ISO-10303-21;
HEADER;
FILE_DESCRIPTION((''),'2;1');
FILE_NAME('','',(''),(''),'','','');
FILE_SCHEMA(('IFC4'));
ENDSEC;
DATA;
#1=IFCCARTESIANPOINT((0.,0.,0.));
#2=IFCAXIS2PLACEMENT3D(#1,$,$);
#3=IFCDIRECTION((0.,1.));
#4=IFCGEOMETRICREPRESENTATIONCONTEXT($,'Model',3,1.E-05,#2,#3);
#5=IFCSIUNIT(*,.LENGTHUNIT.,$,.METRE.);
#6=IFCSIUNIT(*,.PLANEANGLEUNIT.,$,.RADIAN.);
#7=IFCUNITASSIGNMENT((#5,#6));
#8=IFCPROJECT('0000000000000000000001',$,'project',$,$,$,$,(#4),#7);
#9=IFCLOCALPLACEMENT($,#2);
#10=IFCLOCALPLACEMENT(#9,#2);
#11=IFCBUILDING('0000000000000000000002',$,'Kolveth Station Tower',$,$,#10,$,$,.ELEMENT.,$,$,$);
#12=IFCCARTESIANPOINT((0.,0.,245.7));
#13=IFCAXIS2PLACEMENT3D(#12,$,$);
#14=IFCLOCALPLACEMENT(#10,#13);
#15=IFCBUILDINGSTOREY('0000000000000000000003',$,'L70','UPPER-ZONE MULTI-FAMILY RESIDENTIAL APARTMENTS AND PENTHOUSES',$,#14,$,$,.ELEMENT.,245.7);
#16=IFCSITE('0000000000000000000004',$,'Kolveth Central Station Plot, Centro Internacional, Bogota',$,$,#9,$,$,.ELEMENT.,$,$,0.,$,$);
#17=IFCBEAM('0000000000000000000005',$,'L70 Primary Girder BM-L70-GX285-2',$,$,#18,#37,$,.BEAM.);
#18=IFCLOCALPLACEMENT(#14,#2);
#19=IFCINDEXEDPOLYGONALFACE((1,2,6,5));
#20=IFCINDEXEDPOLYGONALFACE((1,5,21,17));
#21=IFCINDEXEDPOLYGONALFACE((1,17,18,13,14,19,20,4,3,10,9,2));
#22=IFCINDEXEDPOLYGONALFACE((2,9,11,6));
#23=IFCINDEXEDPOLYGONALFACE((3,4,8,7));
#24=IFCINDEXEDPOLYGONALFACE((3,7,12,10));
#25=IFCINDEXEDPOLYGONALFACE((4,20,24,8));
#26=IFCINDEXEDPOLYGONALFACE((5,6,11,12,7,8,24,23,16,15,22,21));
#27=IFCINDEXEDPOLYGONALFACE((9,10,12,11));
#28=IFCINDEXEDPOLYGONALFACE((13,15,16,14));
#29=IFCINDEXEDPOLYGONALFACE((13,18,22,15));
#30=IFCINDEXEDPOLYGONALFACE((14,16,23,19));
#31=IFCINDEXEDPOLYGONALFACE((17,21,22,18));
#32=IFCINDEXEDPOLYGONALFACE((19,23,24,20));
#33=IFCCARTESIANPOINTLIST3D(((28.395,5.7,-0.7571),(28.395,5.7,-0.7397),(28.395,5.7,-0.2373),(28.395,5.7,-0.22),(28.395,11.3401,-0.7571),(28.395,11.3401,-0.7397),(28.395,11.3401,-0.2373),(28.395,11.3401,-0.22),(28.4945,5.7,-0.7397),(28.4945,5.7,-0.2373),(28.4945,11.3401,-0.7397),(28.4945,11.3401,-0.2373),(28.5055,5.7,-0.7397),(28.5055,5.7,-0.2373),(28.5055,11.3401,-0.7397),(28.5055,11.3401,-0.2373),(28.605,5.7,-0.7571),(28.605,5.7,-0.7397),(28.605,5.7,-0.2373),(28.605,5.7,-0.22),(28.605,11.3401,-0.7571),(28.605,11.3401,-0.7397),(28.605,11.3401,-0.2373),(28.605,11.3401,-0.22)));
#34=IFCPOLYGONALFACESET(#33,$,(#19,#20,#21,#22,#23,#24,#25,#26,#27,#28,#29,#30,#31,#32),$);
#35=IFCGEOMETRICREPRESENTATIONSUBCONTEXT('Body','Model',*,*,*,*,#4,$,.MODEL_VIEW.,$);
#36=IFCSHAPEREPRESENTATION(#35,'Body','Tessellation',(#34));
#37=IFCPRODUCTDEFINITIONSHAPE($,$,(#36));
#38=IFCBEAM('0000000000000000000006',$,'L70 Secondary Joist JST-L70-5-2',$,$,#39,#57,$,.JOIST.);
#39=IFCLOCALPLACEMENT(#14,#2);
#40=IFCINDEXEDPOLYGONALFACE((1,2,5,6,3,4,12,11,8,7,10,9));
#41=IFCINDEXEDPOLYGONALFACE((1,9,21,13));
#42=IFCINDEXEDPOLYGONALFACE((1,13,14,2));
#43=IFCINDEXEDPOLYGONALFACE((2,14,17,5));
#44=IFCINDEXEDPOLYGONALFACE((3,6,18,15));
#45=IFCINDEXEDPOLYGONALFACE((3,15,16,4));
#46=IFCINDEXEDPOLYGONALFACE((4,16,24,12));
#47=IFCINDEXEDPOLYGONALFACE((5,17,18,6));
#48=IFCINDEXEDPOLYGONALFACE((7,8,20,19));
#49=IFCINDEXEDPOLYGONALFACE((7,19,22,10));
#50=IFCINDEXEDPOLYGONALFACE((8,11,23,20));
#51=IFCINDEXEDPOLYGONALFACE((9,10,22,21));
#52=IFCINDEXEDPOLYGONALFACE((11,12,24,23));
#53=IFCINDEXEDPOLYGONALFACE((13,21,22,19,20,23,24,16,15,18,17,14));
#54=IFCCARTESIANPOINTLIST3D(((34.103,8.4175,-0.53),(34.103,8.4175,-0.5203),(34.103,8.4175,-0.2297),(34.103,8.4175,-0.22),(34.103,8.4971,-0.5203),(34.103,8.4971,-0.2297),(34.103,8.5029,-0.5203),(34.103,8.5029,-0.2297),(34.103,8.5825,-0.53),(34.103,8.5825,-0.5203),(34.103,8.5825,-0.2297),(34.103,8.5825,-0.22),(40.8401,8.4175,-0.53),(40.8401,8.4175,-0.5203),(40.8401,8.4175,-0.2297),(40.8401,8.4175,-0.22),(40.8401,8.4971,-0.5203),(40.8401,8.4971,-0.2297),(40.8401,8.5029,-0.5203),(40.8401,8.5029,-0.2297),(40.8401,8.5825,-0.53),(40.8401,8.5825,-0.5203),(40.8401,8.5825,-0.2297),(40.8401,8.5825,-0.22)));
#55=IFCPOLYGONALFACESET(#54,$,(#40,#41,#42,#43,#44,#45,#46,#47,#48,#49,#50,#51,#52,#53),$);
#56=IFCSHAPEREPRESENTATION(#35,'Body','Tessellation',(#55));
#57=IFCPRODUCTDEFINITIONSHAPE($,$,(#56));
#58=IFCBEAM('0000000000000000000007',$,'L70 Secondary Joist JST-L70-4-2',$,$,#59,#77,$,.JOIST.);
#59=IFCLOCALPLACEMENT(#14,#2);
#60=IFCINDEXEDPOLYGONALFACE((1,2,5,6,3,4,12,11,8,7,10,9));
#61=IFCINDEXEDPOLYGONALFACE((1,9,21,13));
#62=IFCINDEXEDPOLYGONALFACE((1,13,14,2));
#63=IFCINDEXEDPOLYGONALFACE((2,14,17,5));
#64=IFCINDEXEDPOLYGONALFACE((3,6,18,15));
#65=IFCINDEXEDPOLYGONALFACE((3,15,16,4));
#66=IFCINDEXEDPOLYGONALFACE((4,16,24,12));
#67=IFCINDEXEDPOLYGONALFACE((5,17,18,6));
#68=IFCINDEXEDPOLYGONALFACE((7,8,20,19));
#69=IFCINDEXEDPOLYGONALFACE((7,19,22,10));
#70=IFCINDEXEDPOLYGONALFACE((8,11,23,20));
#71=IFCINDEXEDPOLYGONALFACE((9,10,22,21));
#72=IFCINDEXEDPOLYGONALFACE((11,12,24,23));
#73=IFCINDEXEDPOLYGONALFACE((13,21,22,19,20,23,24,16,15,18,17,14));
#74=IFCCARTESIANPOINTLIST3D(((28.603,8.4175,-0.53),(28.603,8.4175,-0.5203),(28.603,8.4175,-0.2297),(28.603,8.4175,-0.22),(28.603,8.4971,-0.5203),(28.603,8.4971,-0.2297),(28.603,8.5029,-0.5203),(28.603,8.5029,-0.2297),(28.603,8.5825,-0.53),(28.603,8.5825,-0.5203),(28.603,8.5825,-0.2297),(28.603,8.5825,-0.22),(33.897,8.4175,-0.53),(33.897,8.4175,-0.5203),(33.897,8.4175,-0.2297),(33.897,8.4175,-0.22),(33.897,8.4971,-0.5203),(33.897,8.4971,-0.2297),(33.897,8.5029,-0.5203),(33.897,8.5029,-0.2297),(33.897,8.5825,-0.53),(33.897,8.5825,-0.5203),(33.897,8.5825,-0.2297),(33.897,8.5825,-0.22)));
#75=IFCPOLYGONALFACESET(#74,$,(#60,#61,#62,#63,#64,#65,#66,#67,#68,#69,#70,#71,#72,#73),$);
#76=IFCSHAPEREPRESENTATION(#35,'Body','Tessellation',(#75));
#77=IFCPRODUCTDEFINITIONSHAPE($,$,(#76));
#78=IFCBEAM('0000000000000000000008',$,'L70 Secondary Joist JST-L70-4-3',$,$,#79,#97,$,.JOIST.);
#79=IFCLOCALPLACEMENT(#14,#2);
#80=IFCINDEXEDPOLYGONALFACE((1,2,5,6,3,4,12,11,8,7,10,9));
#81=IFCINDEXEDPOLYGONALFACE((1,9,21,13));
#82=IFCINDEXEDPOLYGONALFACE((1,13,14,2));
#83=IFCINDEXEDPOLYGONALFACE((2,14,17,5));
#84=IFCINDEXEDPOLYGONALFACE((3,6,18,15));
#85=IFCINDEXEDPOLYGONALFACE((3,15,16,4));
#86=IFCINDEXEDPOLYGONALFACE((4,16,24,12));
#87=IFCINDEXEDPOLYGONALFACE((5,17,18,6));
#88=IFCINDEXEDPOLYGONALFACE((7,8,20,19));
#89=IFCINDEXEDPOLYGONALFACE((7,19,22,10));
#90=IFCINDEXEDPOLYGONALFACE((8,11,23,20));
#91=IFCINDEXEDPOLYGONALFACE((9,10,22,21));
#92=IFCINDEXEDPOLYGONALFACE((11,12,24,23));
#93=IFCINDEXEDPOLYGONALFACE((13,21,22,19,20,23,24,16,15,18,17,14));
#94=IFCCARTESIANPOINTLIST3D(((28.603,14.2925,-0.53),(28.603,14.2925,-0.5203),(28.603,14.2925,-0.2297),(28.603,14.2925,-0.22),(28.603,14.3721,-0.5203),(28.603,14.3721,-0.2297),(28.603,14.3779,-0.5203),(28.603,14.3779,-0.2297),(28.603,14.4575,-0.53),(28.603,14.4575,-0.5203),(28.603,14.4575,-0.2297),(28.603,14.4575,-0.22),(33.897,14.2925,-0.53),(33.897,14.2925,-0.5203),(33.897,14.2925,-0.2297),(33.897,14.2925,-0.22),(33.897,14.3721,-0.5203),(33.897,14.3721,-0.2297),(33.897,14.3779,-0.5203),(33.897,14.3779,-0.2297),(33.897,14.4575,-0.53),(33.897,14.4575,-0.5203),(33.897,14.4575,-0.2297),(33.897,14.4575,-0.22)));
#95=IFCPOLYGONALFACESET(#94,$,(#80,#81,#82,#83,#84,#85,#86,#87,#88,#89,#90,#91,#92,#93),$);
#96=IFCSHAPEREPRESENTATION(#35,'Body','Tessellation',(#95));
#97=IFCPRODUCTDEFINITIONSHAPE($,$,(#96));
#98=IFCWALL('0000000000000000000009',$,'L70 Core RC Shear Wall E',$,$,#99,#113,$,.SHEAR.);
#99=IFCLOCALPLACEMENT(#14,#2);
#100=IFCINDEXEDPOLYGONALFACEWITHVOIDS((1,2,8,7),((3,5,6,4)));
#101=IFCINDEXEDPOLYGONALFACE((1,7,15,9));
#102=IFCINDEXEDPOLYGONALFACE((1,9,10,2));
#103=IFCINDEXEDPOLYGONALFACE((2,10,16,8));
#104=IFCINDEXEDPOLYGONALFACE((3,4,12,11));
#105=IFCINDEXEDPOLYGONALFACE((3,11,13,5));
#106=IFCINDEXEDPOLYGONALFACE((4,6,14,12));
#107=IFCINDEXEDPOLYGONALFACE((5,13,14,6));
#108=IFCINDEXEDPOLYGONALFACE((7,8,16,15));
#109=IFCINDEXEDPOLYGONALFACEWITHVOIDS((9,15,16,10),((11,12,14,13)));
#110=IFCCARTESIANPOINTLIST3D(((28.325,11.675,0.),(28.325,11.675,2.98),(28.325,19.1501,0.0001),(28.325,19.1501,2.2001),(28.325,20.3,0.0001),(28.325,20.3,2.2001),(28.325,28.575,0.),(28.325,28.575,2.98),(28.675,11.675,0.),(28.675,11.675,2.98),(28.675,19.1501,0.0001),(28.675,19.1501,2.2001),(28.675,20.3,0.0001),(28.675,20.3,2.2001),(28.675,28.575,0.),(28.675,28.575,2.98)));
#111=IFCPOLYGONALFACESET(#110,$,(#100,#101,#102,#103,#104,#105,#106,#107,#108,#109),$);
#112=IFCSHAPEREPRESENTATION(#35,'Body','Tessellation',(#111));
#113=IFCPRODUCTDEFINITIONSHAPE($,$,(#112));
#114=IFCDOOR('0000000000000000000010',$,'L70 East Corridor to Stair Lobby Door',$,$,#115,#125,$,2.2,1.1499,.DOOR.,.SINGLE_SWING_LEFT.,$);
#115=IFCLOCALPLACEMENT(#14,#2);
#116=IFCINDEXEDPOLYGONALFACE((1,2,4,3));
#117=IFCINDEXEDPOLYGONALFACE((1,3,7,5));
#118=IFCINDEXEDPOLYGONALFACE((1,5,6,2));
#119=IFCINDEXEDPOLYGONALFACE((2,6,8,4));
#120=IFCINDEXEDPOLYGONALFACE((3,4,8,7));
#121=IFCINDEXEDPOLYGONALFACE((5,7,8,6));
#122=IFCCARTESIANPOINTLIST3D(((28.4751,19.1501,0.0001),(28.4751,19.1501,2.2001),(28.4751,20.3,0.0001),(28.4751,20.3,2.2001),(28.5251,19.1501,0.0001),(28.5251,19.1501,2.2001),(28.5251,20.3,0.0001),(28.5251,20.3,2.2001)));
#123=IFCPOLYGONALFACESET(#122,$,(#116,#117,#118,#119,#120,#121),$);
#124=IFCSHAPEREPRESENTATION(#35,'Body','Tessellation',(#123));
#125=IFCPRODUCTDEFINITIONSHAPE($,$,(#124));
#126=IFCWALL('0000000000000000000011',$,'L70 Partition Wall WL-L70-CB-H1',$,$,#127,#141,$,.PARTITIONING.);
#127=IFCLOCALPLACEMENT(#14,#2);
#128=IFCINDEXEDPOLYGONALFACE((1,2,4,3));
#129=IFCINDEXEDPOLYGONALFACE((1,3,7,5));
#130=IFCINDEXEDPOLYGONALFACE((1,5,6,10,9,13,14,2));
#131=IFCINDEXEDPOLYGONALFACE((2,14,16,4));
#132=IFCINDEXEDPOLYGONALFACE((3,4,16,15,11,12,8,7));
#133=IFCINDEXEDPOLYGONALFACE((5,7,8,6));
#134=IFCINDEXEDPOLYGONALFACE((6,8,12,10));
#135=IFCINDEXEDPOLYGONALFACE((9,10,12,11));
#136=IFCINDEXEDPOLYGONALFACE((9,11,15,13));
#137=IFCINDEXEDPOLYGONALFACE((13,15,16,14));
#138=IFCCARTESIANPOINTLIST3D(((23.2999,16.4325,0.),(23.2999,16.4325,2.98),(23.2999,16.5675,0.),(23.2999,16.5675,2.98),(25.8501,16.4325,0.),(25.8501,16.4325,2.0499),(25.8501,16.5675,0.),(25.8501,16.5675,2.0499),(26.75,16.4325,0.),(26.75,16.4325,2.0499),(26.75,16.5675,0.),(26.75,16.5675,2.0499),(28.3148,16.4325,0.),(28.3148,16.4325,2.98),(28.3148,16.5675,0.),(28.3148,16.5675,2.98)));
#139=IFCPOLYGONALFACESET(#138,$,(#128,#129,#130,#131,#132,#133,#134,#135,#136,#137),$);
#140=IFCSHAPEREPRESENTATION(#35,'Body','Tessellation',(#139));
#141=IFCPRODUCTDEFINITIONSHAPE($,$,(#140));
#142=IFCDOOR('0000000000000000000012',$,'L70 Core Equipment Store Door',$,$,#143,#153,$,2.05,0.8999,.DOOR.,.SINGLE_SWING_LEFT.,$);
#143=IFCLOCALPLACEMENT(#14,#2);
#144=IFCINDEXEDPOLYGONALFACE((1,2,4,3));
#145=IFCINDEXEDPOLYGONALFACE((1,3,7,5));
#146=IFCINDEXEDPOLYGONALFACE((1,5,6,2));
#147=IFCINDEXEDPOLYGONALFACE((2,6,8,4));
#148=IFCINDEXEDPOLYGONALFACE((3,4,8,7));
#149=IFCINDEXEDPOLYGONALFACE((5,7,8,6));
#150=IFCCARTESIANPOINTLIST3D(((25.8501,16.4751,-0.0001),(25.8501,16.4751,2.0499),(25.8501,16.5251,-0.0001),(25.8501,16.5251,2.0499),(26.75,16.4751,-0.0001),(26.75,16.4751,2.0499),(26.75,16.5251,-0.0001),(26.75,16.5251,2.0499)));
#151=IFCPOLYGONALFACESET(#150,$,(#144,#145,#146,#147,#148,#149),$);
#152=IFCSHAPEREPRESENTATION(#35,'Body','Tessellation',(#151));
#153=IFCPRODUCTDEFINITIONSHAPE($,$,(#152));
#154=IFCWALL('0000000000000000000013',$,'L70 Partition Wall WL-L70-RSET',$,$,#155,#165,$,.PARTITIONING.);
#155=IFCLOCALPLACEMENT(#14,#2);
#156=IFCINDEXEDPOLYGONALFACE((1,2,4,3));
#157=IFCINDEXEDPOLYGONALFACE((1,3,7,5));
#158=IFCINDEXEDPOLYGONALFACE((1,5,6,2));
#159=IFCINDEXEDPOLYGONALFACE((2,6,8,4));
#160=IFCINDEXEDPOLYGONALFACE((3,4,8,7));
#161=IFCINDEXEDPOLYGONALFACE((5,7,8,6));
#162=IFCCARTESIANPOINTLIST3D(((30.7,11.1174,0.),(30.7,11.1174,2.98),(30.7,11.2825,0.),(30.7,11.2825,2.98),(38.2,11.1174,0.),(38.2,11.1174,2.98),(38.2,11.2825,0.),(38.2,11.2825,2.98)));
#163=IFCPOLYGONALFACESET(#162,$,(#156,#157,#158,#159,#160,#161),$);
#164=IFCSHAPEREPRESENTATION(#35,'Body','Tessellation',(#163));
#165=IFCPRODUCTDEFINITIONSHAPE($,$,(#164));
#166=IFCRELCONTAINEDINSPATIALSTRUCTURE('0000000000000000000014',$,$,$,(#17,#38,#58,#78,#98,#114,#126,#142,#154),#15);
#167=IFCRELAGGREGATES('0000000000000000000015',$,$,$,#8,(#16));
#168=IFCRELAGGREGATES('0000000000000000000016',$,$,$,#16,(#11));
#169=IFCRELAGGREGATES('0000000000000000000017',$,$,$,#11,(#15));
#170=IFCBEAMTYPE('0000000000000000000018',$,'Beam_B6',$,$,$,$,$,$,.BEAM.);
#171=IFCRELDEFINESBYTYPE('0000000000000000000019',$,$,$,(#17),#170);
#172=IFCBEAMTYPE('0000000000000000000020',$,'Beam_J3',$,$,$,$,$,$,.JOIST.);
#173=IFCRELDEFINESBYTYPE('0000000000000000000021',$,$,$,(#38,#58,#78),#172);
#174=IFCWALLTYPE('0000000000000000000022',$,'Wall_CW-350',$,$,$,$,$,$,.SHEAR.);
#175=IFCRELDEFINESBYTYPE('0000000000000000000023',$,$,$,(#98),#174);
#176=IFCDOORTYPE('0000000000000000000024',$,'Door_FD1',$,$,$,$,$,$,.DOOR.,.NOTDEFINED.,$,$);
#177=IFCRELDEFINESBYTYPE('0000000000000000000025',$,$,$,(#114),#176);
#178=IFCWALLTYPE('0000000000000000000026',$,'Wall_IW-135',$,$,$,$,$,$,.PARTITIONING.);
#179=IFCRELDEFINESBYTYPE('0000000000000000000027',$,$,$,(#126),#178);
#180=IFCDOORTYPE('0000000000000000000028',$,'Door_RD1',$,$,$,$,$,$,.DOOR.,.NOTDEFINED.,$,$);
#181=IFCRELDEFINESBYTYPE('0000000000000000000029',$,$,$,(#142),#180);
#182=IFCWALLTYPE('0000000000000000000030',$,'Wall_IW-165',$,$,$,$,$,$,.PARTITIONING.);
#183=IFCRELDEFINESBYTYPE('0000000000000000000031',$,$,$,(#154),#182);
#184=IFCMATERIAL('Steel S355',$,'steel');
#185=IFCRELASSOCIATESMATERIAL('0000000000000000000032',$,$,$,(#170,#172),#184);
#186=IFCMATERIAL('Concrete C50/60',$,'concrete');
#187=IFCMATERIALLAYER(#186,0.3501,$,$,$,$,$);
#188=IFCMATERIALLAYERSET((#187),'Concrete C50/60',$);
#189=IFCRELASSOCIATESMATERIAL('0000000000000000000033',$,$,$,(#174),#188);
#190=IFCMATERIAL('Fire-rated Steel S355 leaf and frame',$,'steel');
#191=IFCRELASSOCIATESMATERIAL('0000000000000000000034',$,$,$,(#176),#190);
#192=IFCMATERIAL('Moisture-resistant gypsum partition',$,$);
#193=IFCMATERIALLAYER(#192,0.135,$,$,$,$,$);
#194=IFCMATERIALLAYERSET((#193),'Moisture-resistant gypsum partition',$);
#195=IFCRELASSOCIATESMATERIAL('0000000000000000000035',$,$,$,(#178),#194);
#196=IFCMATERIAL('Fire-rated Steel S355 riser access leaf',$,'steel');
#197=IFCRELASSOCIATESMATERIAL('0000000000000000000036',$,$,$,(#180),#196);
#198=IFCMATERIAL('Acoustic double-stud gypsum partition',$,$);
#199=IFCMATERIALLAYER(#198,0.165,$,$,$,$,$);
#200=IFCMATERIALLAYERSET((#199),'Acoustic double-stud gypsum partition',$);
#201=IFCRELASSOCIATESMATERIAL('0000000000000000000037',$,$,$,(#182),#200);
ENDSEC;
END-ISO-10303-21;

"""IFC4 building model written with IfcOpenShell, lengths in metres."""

from ifc_helpers import new_model, si_unit, direction, frame, frame_2d, origin, origin_2d, place, context, subcontext, project, spatial, rectangle, i_section, extrude, source, transform, mapped, material, layer, layer_set, material_profile, profile_set, type_object, element, fill, save


model = new_model("IFC4")

# Units and contexts
model_context = context("Model", 3, precision=1e-05, world=origin(), true_north=direction((0.0, 1.0)))
body_context = subcontext(model_context, "Body", "Model", "MODEL_VIEW")
ifc_project = project(units=[si_unit("LENGTHUNIT", "METRE"), si_unit("PLANEANGLEUNIT", "RADIAN")], contexts=[model_context])

# Site, building, storey
site_placement = place(None, origin())
site = spatial("IfcSite", under=ifc_project, at=site_placement, Name="Kolveth Central Station Plot, Centro Internacional, Bogota", CompositionType="ELEMENT", RefElevation=0.0)
building_placement = place(site_placement, origin())
building = spatial("IfcBuilding", under=site, at=building_placement, Name="Kolveth Station Tower", CompositionType="ELEMENT")
storey_placement = place(building_placement, frame((0.0, 0.0, 245.7)))
storey = spatial("IfcBuildingStorey", under=building, at=storey_placement, Name="L70", Description="UPPER-ZONE MULTI-FAMILY RESIDENTIAL APARTMENTS AND PENTHOUSES", CompositionType="ELEMENT", Elevation=245.7)

# Shared definitions
ifc_material_1 = material(Name="Steel S355", Category="steel")

# Beams
ifc_material_profile_1 = material_profile(ifc_material_1, i_section(OverallWidth=0.21, OverallDepth=0.5371, WebThickness=0.011, FlangeThickness=0.0173, at=origin_2d()), Name="W530x101")
ifc_profile_set_1 = profile_set([ifc_material_profile_1], Name="Steel S355")
beam_type_1 = type_object("IfcBeamType", Name="Beam_B6", PredefinedType="BEAM", material=ifc_profile_set_1)
shared_shape_1 = source(origin(), body_context, "Body", "SweptSolid", [
    extrude(i_section(OverallWidth=0.21, OverallDepth=0.5371, WebThickness=0.011, FlangeThickness=0.0173, at=origin_2d()), origin(), (0.0, 0.0, 1.0), 5.6401),
])
beam_1_placement = place(storey_placement, frame((28.5, 5.7, -0.4885), z_axis=(0.0, 1.0, 0.0), x_axis=(-1.0, 0.0, 0.0)))
element("IfcBeam", 1, at=beam_1_placement, inside=storey, type_object=beam_type_1, Name="L70 Primary Girder BM-L70-GX285-2", PredefinedType="BEAM", context=body_context, shape_type="MappedRepresentation", body=[
    mapped(shared_shape_1, transform((0.0, 0.0, 0.0), x_axis=(1.0, 0.0, 0.0), y_axis=(0.0, 1.0, 0.0), z_axis=(0.0, 0.0, 1.0), scale=1.0)),
])
ifc_material_profile_2 = material_profile(ifc_material_1, i_section(OverallWidth=0.165, OverallDepth=0.3101, WebThickness=0.0059, FlangeThickness=0.0098, at=origin_2d()), Name="W310x39")
ifc_profile_set_2 = profile_set([ifc_material_profile_2], Name="Steel S355")
beam_type_2 = type_object("IfcBeamType", Name="Beam_J3", PredefinedType="JOIST", material=ifc_profile_set_2)
shared_shape_2 = source(origin(), body_context, "Body", "SweptSolid", [
    extrude(i_section(OverallWidth=0.165, OverallDepth=0.3101, WebThickness=0.0059, FlangeThickness=0.0098, at=origin_2d()), origin(), (0.0, 0.0, 1.0), 6.7371),
])
beam_2_placement = place(storey_placement, frame((34.103, 8.5, -0.375), z_axis=(1.0, 0.0, 0.0), x_axis=(0.0, 1.0, 0.0)))
element("IfcBeam", 2, at=beam_2_placement, inside=storey, type_object=beam_type_2, Name="L70 Secondary Joist JST-L70-5-2", PredefinedType="JOIST", context=body_context, shape_type="MappedRepresentation", body=[
    mapped(shared_shape_2, transform((0.0, 0.0, 0.0), x_axis=(1.0, 0.0, 0.0), y_axis=(0.0, 1.0, 0.0), z_axis=(0.0, 0.0, 1.0), scale=1.0)),
])
shared_shape_3 = source(origin(), body_context, "Body", "SweptSolid", [
    extrude(i_section(OverallWidth=0.165, OverallDepth=0.3101, WebThickness=0.0059, FlangeThickness=0.0098, at=origin_2d()), origin(), (0.0, 0.0, 1.0), 5.2939),
])
for number, where, z_axis, x_axis, name in (
    (3, (28.603, 8.5, -0.375), (1.0, 0.0, 0.0), (0.0, 1.0, 0.0), "L70 Secondary Joist JST-L70-4-2"),
    (4, (28.603, 14.375, -0.375), (1.0, 0.0, 0.0), (0.0, 1.0, 0.0), "L70 Secondary Joist JST-L70-4-3"),
):
    element("IfcBeam", number, at=place(storey_placement, frame(where, z_axis=z_axis, x_axis=x_axis)), inside=storey, type_object=beam_type_2, Name=name, PredefinedType="JOIST", context=body_context, shape_type="MappedRepresentation", body=[
        mapped(shared_shape_3, transform((0.0, 0.0, 0.0), x_axis=(1.0, 0.0, 0.0), y_axis=(0.0, 1.0, 0.0), z_axis=(0.0, 0.0, 1.0), scale=1.0)),
    ])

# Walls, openings, doors
ifc_material_2 = material(Name="Concrete C50/60", Category="concrete")
ifc_layer_1 = layer(ifc_material_2, 0.3501)
ifc_layer_set_1 = layer_set([ifc_layer_1], Name="Concrete C50/60")
wall_type_1 = type_object("IfcWallType", Name="Wall_CW-350", PredefinedType="SHEAR", material=ifc_layer_set_1)
wall_1_placement = place(storey_placement, frame((28.5, 11.675, 0.0), z_axis=(0.0, 0.0, 1.0), x_axis=(0.0, 1.0, 0.0)))
wall_1 = element("IfcWall", 5, at=wall_1_placement, inside=storey, type_object=wall_type_1, Name="L70 Core RC Shear Wall E", PredefinedType="SHEAR", context=body_context, shape_type="SweptSolid", body=[
    extrude(rectangle(XDim=16.8999, YDim=0.3501, at=frame_2d((8.45, 0.0))), origin(), (0.0, 0.0, 1.0), 2.98),
])
opening_1_placement = place(wall_1_placement, frame((7.4751, 0.0, 0.0)))
opening_1 = element("IfcOpeningElement", 6, at=opening_1_placement, cuts=wall_1, PredefinedType="OPENING", context=body_context, shape_type="SweptSolid", body=[
    extrude(rectangle(XDim=1.1499, YDim=2.2, at=frame_2d((0.575, 1.1001))), frame((0.0, 0.1851, 0.0), z_axis=(0.0, -1.0, 0.0), x_axis=(1.0, 0.0, 0.0)), (0.0, 0.0, 1.0), 0.3701),
])
ifc_material_3 = material(Name="Fire-rated Steel S355 leaf and frame", Category="steel")
door_type_1 = type_object("IfcDoorType", Name="Door_FD1", OperationType="NOTDEFINED", PredefinedType="DOOR", material=ifc_material_3)
door_1_placement = place(opening_1_placement, origin())
door_1 = element("IfcDoor", 7, at=door_1_placement, inside=storey, type_object=door_type_1, Name="L70 East Corridor to Stair Lobby Door", OperationType="SINGLE_SWING_LEFT", OverallHeight=2.2, OverallWidth=1.1499, PredefinedType="DOOR", context=body_context, shape_type="SweptSolid", body=[
    extrude(rectangle(XDim=1.1499, YDim=2.2, at=frame_2d((0.575, 1.1001))), frame((0.0, 0.0249, 0.0), z_axis=(0.0, -1.0, 0.0), x_axis=(1.0, 0.0, 0.0)), (0.0, 0.0, 1.0), 0.05),
])
fill(opening_1, door_1)
ifc_material_4 = material(Name="Moisture-resistant gypsum partition")
ifc_layer_2 = layer(ifc_material_4, 0.135)
ifc_layer_set_2 = layer_set([ifc_layer_2], Name="Moisture-resistant gypsum partition")
wall_type_2 = type_object("IfcWallType", Name="Wall_IW-135", PredefinedType="PARTITIONING", material=ifc_layer_set_2)
wall_2_placement = place(storey_placement, frame((23.3, 16.5, 0.0), z_axis=(0.0, 0.0, 1.0), x_axis=(1.0, 0.0, 0.0)))
wall_2 = element("IfcWall", 8, at=wall_2_placement, inside=storey, type_object=wall_type_2, Name="L70 Partition Wall WL-L70-CB-H1", PredefinedType="PARTITIONING", context=body_context, shape_type="SweptSolid", body=[
    extrude(rectangle(XDim=5.0149, YDim=0.135, at=frame_2d((2.5073, 0.0))), origin(), (0.0, 0.0, 1.0), 2.98),
])
opening_2_placement = place(wall_2_placement, frame((2.55, 0.0, 0.0)))
opening_2 = element("IfcOpeningElement", 9, at=opening_2_placement, cuts=wall_2, PredefinedType="OPENING", context=body_context, shape_type="SweptSolid", body=[
    extrude(rectangle(XDim=0.8999, YDim=2.05, at=frame_2d((0.45, 1.0249))), frame((0.0, 0.0774, 0.0), z_axis=(0.0, -1.0, 0.0), x_axis=(1.0, 0.0, 0.0)), (0.0, 0.0, 1.0), 0.155),
])
ifc_material_5 = material(Name="Fire-rated Steel S355 riser access leaf", Category="steel")
door_type_2 = type_object("IfcDoorType", Name="Door_RD1", OperationType="NOTDEFINED", PredefinedType="DOOR", material=ifc_material_5)
door_2_placement = place(opening_2_placement, frame((0.8999, 0.0, 0.0), z_axis=(0.0, 0.0, 1.0), x_axis=(-1.0, 0.0, 0.0)))
door_2 = element("IfcDoor", 10, at=door_2_placement, inside=storey, type_object=door_type_2, Name="L70 Core Equipment Store Door", OperationType="SINGLE_SWING_LEFT", OverallHeight=2.05, OverallWidth=0.8999, PredefinedType="DOOR", context=body_context, shape_type="SweptSolid", body=[
    extrude(rectangle(XDim=0.8999, YDim=2.05, at=frame_2d((0.45, 1.0249))), frame((0.0, 0.0249, 0.0), z_axis=(0.0, -1.0, 0.0), x_axis=(1.0, 0.0, 0.0)), (0.0, 0.0, 1.0), 0.05),
])
fill(opening_2, door_2)

# Wall
ifc_material_6 = material(Name="Acoustic double-stud gypsum partition")
ifc_layer_3 = layer(ifc_material_6, 0.165)
ifc_layer_set_3 = layer_set([ifc_layer_3], Name="Acoustic double-stud gypsum partition")
wall_type_3 = type_object("IfcWallType", Name="Wall_IW-165", PredefinedType="PARTITIONING", material=ifc_layer_set_3)
wall_3_placement = place(storey_placement, frame((30.7, 11.2, 0.0), z_axis=(0.0, 0.0, 1.0), x_axis=(1.0, 0.0, 0.0)))
element("IfcWall", 11, at=wall_3_placement, inside=storey, type_object=wall_type_3, Name="L70 Partition Wall WL-L70-RSET", PredefinedType="PARTITIONING", context=body_context, shape_type="SweptSolid", body=[
    extrude(rectangle(XDim=7.5, YDim=0.165, at=frame_2d((3.75, 0.0))), origin(), (0.0, 0.0, 1.0), 2.98),
])

save(model, "model.ifc")
